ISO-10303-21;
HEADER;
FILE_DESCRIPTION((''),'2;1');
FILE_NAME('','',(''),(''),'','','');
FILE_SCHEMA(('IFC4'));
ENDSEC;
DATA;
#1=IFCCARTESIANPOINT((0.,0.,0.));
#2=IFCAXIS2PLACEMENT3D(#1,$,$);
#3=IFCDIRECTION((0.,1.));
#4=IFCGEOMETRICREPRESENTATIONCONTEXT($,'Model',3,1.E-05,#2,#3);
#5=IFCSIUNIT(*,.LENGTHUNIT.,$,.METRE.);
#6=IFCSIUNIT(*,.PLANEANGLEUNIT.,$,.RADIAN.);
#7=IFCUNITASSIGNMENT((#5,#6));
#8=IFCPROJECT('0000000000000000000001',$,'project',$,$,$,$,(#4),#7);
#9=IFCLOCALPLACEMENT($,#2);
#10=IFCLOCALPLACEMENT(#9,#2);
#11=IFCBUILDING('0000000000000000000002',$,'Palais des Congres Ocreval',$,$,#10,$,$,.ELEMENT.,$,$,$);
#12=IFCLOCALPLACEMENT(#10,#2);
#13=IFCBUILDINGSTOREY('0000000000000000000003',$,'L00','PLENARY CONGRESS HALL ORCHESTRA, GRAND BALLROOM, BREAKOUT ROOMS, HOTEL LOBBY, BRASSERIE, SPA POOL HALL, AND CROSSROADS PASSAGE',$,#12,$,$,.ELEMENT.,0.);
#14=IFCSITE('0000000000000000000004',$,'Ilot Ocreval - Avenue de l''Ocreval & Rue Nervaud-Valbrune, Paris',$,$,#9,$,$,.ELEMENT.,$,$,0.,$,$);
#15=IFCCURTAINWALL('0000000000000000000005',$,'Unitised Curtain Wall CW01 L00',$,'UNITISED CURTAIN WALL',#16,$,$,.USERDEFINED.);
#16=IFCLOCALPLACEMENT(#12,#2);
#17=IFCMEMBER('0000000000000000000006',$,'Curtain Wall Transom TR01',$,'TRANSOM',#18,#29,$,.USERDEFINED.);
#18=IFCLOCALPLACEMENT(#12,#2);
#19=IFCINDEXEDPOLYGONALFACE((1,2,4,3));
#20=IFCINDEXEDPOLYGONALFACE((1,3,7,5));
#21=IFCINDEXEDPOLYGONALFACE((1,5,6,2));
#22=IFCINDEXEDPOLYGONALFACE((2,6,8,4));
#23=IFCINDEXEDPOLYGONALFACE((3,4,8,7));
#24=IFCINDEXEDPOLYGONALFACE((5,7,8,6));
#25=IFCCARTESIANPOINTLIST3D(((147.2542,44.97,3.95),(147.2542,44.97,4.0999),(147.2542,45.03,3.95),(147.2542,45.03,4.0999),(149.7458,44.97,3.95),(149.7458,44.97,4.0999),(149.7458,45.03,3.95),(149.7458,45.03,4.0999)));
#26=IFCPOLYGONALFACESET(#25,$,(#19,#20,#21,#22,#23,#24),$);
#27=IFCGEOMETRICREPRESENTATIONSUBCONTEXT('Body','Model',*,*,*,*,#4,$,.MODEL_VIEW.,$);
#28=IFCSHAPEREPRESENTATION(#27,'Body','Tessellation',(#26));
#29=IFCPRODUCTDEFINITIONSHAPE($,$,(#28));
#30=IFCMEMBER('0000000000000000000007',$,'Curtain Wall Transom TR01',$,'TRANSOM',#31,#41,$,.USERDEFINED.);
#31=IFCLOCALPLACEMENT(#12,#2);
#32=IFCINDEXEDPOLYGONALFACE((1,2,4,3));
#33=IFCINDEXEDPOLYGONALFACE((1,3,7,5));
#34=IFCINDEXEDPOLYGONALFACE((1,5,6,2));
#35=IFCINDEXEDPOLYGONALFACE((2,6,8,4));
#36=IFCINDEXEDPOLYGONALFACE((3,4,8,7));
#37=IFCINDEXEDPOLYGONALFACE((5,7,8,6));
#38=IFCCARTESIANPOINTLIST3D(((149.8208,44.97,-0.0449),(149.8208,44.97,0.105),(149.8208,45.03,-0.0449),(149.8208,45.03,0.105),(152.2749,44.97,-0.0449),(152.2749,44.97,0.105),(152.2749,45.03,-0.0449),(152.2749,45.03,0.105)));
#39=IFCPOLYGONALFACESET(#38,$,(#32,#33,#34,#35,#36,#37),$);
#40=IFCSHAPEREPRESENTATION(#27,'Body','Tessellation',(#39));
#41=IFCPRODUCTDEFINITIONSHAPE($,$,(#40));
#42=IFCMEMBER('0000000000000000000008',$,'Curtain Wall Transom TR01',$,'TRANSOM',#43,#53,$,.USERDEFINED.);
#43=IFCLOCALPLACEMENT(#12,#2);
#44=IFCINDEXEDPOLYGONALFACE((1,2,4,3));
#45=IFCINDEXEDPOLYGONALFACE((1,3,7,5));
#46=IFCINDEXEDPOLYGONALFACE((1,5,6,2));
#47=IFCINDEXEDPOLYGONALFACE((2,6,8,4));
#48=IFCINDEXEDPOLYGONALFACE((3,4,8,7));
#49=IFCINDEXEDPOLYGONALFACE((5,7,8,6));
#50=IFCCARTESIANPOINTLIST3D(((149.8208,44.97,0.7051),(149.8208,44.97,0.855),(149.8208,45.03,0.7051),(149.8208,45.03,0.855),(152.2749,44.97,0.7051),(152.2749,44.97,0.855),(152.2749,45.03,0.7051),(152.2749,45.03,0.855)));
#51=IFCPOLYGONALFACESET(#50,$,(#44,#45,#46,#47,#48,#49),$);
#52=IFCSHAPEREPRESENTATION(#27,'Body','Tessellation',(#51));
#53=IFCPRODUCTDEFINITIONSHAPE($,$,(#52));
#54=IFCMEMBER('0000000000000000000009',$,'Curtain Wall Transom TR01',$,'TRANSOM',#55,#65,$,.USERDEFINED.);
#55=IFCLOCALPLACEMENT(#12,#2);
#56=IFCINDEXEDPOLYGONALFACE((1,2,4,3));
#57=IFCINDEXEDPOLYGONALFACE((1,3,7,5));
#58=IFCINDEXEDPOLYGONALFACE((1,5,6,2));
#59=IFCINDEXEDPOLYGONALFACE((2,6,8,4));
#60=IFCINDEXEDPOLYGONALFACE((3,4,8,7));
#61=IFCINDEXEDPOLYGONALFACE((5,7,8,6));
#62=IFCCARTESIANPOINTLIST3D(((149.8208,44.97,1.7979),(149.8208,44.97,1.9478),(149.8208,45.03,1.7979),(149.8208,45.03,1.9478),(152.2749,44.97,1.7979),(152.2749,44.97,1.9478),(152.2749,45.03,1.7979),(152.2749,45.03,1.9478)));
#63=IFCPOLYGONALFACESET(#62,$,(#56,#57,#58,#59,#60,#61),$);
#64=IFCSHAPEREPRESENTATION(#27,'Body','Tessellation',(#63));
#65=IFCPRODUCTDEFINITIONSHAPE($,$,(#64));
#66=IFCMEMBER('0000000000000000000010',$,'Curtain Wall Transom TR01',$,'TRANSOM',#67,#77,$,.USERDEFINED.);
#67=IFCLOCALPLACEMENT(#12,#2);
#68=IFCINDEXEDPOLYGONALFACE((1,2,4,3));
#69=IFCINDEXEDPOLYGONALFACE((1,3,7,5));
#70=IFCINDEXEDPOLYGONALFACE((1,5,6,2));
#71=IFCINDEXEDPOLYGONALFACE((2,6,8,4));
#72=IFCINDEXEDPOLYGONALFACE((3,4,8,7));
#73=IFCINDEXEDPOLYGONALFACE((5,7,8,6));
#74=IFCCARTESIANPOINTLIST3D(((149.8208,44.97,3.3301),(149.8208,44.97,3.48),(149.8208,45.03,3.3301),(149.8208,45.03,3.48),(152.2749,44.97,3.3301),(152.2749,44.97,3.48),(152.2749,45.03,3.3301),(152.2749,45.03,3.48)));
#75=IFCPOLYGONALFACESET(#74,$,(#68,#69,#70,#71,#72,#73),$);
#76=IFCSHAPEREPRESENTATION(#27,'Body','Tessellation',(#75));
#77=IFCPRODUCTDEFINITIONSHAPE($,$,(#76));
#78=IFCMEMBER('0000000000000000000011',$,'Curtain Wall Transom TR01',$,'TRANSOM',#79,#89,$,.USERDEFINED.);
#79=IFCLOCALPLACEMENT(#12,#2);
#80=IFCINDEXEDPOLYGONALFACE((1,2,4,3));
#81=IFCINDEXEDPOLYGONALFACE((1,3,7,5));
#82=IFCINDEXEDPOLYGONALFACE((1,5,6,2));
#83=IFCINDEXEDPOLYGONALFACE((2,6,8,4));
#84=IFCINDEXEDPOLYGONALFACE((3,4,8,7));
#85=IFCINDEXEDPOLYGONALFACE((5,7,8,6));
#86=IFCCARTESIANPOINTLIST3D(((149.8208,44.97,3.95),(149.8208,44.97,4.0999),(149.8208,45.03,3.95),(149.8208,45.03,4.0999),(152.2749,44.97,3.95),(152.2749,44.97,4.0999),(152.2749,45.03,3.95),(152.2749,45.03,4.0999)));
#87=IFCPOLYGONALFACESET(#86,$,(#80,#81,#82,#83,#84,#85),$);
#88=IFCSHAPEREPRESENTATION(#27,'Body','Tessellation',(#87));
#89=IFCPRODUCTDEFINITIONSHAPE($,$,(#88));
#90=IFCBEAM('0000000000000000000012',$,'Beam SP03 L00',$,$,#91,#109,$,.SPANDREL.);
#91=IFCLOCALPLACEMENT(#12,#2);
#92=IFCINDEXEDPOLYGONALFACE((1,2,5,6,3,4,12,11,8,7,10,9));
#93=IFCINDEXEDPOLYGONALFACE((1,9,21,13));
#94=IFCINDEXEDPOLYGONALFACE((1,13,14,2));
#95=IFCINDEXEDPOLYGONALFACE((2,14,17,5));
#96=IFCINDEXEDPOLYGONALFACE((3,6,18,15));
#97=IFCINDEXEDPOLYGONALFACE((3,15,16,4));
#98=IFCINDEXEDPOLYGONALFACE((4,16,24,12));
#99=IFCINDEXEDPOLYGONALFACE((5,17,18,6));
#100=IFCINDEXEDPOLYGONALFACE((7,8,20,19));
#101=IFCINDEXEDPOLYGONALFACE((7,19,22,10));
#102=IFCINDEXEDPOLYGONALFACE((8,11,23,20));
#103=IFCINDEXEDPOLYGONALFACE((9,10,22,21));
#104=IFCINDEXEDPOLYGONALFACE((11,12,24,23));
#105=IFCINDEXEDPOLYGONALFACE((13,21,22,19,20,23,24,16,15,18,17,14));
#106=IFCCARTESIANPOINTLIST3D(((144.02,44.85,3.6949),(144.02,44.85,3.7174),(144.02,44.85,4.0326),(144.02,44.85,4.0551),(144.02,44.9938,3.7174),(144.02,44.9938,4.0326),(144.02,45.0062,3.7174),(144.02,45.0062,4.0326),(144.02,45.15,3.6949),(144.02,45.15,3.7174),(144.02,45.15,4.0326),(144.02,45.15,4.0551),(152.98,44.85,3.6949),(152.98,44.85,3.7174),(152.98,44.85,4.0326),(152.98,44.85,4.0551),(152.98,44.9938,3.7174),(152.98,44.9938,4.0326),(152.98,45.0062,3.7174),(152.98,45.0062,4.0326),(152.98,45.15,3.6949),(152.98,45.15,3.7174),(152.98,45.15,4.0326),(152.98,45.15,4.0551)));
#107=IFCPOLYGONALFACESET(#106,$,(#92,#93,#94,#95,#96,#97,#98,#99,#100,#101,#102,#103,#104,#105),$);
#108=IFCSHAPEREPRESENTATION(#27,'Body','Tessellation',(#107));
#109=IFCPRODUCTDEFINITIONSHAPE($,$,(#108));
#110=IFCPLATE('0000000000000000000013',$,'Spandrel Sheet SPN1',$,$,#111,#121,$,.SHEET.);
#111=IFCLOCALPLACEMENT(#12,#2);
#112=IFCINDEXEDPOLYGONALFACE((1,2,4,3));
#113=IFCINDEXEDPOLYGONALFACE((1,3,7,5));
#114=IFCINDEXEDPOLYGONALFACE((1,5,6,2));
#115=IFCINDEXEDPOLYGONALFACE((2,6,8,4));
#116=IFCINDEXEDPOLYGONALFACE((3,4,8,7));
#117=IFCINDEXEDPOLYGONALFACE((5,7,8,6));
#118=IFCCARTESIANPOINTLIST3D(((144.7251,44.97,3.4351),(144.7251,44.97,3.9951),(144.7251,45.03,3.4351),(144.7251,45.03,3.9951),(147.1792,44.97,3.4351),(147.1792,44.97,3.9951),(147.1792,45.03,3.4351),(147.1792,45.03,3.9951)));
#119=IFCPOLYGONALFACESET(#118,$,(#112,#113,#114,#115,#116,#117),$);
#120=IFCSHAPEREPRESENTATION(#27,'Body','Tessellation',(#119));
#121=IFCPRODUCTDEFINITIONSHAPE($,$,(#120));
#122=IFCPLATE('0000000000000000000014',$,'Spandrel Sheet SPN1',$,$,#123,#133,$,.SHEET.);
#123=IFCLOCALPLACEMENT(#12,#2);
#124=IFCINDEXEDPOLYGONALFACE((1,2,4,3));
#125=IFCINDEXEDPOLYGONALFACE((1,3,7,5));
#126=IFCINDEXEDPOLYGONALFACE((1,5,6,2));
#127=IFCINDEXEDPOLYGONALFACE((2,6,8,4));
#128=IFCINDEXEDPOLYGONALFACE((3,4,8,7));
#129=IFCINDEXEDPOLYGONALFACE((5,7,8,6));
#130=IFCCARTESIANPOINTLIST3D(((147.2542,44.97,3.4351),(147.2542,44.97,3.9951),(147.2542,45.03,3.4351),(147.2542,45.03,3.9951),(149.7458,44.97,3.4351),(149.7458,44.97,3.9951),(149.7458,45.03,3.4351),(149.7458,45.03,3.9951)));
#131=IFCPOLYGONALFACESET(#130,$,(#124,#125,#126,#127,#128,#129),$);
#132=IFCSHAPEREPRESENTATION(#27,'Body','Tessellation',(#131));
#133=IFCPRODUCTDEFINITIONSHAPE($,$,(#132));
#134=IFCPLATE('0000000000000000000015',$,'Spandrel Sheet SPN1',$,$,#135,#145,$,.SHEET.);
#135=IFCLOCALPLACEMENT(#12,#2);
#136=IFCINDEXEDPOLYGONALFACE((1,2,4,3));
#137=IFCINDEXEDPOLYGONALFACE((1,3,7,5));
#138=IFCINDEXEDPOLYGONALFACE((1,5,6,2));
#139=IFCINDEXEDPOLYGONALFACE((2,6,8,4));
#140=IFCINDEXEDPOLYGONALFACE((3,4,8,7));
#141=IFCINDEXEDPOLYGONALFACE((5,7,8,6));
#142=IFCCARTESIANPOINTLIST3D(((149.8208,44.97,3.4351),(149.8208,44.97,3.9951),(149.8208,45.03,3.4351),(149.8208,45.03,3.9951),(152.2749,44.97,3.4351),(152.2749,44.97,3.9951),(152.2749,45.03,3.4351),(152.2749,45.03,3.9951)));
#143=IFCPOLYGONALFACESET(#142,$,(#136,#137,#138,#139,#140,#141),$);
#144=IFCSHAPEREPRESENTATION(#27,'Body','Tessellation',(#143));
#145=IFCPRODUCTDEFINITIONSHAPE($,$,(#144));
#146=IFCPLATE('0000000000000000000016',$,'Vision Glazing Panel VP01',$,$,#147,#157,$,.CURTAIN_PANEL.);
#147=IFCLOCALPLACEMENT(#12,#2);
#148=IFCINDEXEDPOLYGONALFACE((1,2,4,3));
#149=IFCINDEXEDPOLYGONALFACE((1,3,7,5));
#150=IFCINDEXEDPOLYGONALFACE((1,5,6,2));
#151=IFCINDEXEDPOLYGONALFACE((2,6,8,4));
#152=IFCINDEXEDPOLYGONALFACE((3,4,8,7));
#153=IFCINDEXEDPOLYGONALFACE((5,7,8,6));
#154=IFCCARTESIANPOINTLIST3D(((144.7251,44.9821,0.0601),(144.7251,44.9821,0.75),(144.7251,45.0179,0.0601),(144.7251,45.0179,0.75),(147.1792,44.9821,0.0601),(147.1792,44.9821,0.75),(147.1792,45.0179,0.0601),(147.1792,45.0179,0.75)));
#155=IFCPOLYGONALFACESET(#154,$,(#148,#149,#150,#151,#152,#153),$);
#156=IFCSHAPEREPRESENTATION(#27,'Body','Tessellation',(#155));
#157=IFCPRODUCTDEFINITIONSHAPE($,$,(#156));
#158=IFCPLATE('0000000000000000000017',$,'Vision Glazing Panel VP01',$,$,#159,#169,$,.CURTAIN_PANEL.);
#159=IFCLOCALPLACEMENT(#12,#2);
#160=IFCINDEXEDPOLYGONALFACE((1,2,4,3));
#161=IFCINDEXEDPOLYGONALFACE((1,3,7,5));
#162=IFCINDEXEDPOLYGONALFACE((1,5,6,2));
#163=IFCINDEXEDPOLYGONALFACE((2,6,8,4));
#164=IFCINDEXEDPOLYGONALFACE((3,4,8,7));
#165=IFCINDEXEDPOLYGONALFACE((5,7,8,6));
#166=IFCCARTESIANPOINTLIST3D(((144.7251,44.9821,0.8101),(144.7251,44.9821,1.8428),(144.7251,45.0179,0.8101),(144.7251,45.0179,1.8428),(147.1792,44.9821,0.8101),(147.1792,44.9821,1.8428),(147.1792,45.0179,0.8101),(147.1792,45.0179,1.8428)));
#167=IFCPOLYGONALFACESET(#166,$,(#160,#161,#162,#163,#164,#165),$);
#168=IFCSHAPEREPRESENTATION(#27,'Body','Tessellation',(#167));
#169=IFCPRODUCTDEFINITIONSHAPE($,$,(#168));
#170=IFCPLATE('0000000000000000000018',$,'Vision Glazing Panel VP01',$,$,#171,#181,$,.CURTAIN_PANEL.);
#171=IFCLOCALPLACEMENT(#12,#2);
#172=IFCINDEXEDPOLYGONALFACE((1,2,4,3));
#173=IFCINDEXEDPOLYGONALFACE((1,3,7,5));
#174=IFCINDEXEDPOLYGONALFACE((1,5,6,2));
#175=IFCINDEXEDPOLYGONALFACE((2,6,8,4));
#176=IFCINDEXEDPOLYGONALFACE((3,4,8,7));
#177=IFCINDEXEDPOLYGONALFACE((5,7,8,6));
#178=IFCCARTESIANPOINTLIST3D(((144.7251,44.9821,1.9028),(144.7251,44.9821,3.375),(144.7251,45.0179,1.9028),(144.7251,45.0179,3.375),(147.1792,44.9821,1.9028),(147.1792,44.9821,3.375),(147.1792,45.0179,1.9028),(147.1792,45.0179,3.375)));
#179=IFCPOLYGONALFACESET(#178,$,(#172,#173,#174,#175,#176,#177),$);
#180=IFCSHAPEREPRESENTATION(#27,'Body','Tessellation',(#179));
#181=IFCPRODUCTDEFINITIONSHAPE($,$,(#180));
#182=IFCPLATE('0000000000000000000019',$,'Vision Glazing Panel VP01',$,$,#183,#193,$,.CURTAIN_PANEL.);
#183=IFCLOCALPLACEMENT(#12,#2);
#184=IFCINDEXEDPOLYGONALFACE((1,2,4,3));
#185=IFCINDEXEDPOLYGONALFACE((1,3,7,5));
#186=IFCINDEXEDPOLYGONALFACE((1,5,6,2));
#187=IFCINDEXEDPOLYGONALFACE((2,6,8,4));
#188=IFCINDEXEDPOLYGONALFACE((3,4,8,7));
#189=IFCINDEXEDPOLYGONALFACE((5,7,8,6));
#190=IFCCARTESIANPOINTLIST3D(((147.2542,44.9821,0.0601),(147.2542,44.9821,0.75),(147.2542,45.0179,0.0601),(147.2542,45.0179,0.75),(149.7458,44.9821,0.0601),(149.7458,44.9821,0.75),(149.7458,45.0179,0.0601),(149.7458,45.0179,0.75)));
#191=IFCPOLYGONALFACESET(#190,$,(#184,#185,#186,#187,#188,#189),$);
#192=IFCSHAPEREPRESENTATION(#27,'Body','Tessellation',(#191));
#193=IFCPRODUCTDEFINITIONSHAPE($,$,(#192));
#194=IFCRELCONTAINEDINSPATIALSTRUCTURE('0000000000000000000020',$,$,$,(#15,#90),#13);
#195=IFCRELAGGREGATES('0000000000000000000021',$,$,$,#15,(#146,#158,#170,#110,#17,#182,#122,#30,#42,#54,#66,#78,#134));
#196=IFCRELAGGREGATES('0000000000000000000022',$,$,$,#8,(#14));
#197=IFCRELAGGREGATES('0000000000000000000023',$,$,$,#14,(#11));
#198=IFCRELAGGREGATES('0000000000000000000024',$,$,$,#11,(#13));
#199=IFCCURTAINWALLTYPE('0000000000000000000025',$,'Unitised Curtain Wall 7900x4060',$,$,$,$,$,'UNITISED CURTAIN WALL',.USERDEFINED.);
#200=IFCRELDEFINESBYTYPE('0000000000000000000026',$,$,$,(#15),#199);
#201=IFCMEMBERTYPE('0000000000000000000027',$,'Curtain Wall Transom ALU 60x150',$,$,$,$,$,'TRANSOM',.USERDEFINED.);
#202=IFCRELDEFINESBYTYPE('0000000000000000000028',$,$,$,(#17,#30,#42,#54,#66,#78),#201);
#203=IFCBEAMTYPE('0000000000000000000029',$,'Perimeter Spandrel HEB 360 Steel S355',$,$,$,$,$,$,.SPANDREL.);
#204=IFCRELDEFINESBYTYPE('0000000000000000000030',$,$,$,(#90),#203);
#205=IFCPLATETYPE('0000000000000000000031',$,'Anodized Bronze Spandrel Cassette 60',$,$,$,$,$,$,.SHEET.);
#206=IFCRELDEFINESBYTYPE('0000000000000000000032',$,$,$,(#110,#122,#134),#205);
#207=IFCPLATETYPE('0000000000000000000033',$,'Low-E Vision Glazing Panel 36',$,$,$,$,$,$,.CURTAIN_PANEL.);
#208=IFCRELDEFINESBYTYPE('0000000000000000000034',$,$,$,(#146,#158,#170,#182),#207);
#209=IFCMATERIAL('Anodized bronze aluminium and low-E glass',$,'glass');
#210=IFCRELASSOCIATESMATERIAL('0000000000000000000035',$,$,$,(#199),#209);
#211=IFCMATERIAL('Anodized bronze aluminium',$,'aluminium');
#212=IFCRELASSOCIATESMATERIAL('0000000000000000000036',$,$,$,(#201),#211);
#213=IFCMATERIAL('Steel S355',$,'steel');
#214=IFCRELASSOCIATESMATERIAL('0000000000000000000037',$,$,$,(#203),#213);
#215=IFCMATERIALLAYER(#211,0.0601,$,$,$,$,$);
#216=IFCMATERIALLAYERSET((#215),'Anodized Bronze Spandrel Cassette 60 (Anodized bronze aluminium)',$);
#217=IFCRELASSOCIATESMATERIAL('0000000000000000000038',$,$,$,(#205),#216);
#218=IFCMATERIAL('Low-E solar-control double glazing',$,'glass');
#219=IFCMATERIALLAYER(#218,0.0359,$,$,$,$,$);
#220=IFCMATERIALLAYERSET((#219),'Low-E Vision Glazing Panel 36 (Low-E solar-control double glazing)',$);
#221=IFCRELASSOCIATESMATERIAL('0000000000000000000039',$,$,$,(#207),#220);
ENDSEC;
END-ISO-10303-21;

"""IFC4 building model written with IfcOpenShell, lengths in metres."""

from ifc_helpers import new_model, si_unit, direction, frame, origin, origin_2d, place, context, subcontext, project, spatial, rectangle, i_section, extrude, material, layer, layer_set, material_profile, profile_set, type_object, element, aggregate, save


model = new_model("IFC4")

# Units and contexts
model_context = context("Model", 3, precision=1e-05, world=origin(), true_north=direction((0.0, 1.0)))
body_context = subcontext(model_context, "Body", "Model", "MODEL_VIEW")
ifc_project = project(units=[si_unit("LENGTHUNIT", "METRE"), si_unit("PLANEANGLEUNIT", "RADIAN")], contexts=[model_context])

# Site, building, storey
site_placement = place(None, origin())
site = spatial("IfcSite", under=ifc_project, at=site_placement, Name="Ilot Ocreval - Avenue de l'Ocreval & Rue Nervaud-Valbrune, Paris", CompositionType="ELEMENT", RefElevation=0.0)
building_placement = place(site_placement, origin())
building = spatial("IfcBuilding", under=site, at=building_placement, Name="Palais des Congres Ocreval", CompositionType="ELEMENT")
storey_placement = place(building_placement, origin())
storey = spatial("IfcBuildingStorey", under=building, at=storey_placement, Name="L00", Description="PLENARY CONGRESS HALL ORCHESTRA, GRAND BALLROOM, BREAKOUT ROOMS, HOTEL LOBBY, BRASSERIE, SPA POOL HALL, AND CROSSROADS PASSAGE", CompositionType="ELEMENT", Elevation=0.0)

# Shared definitions
ifc_material_1 = material(Name="Steel S355", Category="steel")

# Curtain wall, members
ifc_material_2 = material(Name="Anodized bronze aluminium and low-E glass", Category="glass")
curtain_wall_type = type_object("IfcCurtainWallType", Name="Unitised Curtain Wall 7900x4060", ElementType="UNITISED CURTAIN WALL", PredefinedType="USERDEFINED", material=ifc_material_2)
curtain_wall_placement = place(storey_placement, origin())
curtain_wall = element("IfcCurtainWall", 1, at=curtain_wall_placement, inside=storey, type_object=curtain_wall_type, Name="Unitised Curtain Wall CW01 L00", ObjectType="UNITISED CURTAIN WALL", PredefinedType="USERDEFINED")
ifc_material_3 = material(Name="Anodized bronze aluminium", Category="aluminium")
ifc_material_profile_1 = material_profile(ifc_material_3, rectangle(XDim=0.0601, YDim=0.1499, at=origin_2d()), Name="ALU 60x150")
ifc_profile_set_1 = profile_set([ifc_material_profile_1], Name="Anodized bronze aluminium")
member_type_1 = type_object("IfcMemberType", Name="Curtain Wall Transom ALU 60x150", ElementType="TRANSOM", PredefinedType="USERDEFINED", material=ifc_profile_set_1)
member_1_placement = place(storey_placement, frame((147.2542, 45.0, 4.0249), z_axis=(1.0, 0.0, 0.0), x_axis=(0.0, 1.0, 0.0)))
member_1 = element("IfcMember", 2, at=member_1_placement, type_object=member_type_1, Name="Curtain Wall Transom TR01", ObjectType="TRANSOM", PredefinedType="USERDEFINED", context=body_context, shape_type="SweptSolid", body=[
    extrude(rectangle(XDim=0.0601, YDim=0.1499, at=origin_2d()), origin(), (0.0, 0.0, 1.0), 2.4917),
])
member_2_placement = place(storey_placement, frame((149.8208, 45.0, 0.03), z_axis=(1.0, 0.0, 0.0), x_axis=(0.0, 1.0, 0.0)))
member_2 = element("IfcMember", 3, at=member_2_placement, type_object=member_type_1, Name="Curtain Wall Transom TR01", ObjectType="TRANSOM", PredefinedType="USERDEFINED", context=body_context, shape_type="SweptSolid", body=[
    extrude(rectangle(XDim=0.0601, YDim=0.1499, at=origin_2d()), origin(), (0.0, 0.0, 1.0), 2.4541),
])
member_3_placement = place(storey_placement, frame((149.8208, 45.0, 0.78), z_axis=(1.0, 0.0, 0.0), x_axis=(0.0, 1.0, 0.0)))
member_3 = element("IfcMember", 4, at=member_3_placement, type_object=member_type_1, Name="Curtain Wall Transom TR01", ObjectType="TRANSOM", PredefinedType="USERDEFINED", context=body_context, shape_type="SweptSolid", body=[
    extrude(rectangle(XDim=0.0601, YDim=0.1499, at=origin_2d()), origin(), (0.0, 0.0, 1.0), 2.4541),
])
member_4_placement = place(storey_placement, frame((149.8208, 45.0, 1.8728), z_axis=(1.0, 0.0, 0.0), x_axis=(0.0, 1.0, 0.0)))
member_4 = element("IfcMember", 5, at=member_4_placement, type_object=member_type_1, Name="Curtain Wall Transom TR01", ObjectType="TRANSOM", PredefinedType="USERDEFINED", context=body_context, shape_type="SweptSolid", body=[
    extrude(rectangle(XDim=0.0601, YDim=0.1499, at=origin_2d()), origin(), (0.0, 0.0, 1.0), 2.4541),
])
member_5_placement = place(storey_placement, frame((149.8208, 45.0, 3.405), z_axis=(1.0, 0.0, 0.0), x_axis=(0.0, 1.0, 0.0)))
member_5 = element("IfcMember", 6, at=member_5_placement, type_object=member_type_1, Name="Curtain Wall Transom TR01", ObjectType="TRANSOM", PredefinedType="USERDEFINED", context=body_context, shape_type="SweptSolid", body=[
    extrude(rectangle(XDim=0.0601, YDim=0.1499, at=origin_2d()), origin(), (0.0, 0.0, 1.0), 2.4541),
])
member_6_placement = place(storey_placement, frame((149.8208, 45.0, 4.0249), z_axis=(1.0, 0.0, 0.0), x_axis=(0.0, 1.0, 0.0)))
member_6 = element("IfcMember", 7, at=member_6_placement, type_object=member_type_1, Name="Curtain Wall Transom TR01", ObjectType="TRANSOM", PredefinedType="USERDEFINED", context=body_context, shape_type="SweptSolid", body=[
    extrude(rectangle(XDim=0.0601, YDim=0.1499, at=origin_2d()), origin(), (0.0, 0.0, 1.0), 2.4541),
])

# Beam
ifc_material_profile_2 = material_profile(ifc_material_1, i_section(OverallWidth=0.3, OverallDepth=0.3601, WebThickness=0.0125, FlangeThickness=0.0225, at=origin_2d()), Name="HEB 360")
ifc_profile_set_2 = profile_set([ifc_material_profile_2], Name="Steel S355")
beam_type = type_object("IfcBeamType", Name="Perimeter Spandrel HEB 360 Steel S355", PredefinedType="SPANDREL", material=ifc_profile_set_2)
beam_placement = place(storey_placement, frame((144.02, 45.0, 3.875), z_axis=(1.0, 0.0, 0.0), x_axis=(0.0, 1.0, 0.0)))
element("IfcBeam", 8, at=beam_placement, inside=storey, type_object=beam_type, Name="Beam SP03 L00", PredefinedType="SPANDREL", context=body_context, shape_type="SweptSolid", body=[
    extrude(i_section(OverallWidth=0.3, OverallDepth=0.3601, WebThickness=0.0125, FlangeThickness=0.0225, at=origin_2d()), origin(), (0.0, 0.0, 1.0), 8.96),
])

# Plates
ifc_layer_1 = layer(ifc_material_3, 0.0601)
ifc_layer_set_1 = layer_set([ifc_layer_1], Name="Anodized Bronze Spandrel Cassette 60 (Anodized bronze aluminium)")
plate_type_1 = type_object("IfcPlateType", Name="Anodized Bronze Spandrel Cassette 60", PredefinedType="SHEET", material=ifc_layer_set_1)
plate_1_placement = place(storey_placement, frame((145.9521, 45.0, 3.4351), z_axis=(0.0, 0.0, 1.0), x_axis=(1.0, 0.0, 0.0)))
plate_1 = element("IfcPlate", 9, at=plate_1_placement, type_object=plate_type_1, Name="Spandrel Sheet SPN1", PredefinedType="SHEET", context=body_context, shape_type="SweptSolid", body=[
    extrude(rectangle(XDim=2.4541, YDim=0.0601, at=origin_2d()), origin(), (0.0, 0.0, 1.0), 0.5601),
])
plate_2_placement = place(storey_placement, frame((148.5, 45.0, 3.4351), z_axis=(0.0, 0.0, 1.0), x_axis=(1.0, 0.0, 0.0)))
plate_2 = element("IfcPlate", 10, at=plate_2_placement, type_object=plate_type_1, Name="Spandrel Sheet SPN1", PredefinedType="SHEET", context=body_context, shape_type="SweptSolid", body=[
    extrude(rectangle(XDim=2.4917, YDim=0.0601, at=origin_2d()), origin(), (0.0, 0.0, 1.0), 0.5601),
])
plate_3_placement = place(storey_placement, frame((151.0479, 45.0, 3.4351), z_axis=(0.0, 0.0, 1.0), x_axis=(1.0, 0.0, 0.0)))
plate_3 = element("IfcPlate", 11, at=plate_3_placement, type_object=plate_type_1, Name="Spandrel Sheet SPN1", PredefinedType="SHEET", context=body_context, shape_type="SweptSolid", body=[
    extrude(rectangle(XDim=2.4541, YDim=0.0601, at=origin_2d()), origin(), (0.0, 0.0, 1.0), 0.5601),
])
ifc_material_4 = material(Name="Low-E solar-control double glazing", Category="glass")
ifc_layer_2 = layer(ifc_material_4, 0.0359)
ifc_layer_set_2 = layer_set([ifc_layer_2], Name="Low-E Vision Glazing Panel 36 (Low-E solar-control double glazing)")
plate_type_2 = type_object("IfcPlateType", Name="Low-E Vision Glazing Panel 36", PredefinedType="CURTAIN_PANEL", material=ifc_layer_set_2)
plate_4_placement = place(storey_placement, frame((145.9521, 45.0, 0.0601), z_axis=(0.0, 0.0, 1.0), x_axis=(1.0, 0.0, 0.0)))
plate_4 = element("IfcPlate", 12, at=plate_4_placement, type_object=plate_type_2, Name="Vision Glazing Panel VP01", PredefinedType="CURTAIN_PANEL", context=body_context, shape_type="SweptSolid", body=[
    extrude(rectangle(XDim=2.4541, YDim=0.0359, at=origin_2d()), origin(), (0.0, 0.0, 1.0), 0.6899),
])
plate_5_placement = place(storey_placement, frame((145.9521, 45.0, 0.8101), z_axis=(0.0, 0.0, 1.0), x_axis=(1.0, 0.0, 0.0)))
plate_5 = element("IfcPlate", 13, at=plate_5_placement, type_object=plate_type_2, Name="Vision Glazing Panel VP01", PredefinedType="CURTAIN_PANEL", context=body_context, shape_type="SweptSolid", body=[
    extrude(rectangle(XDim=2.4541, YDim=0.0359, at=origin_2d()), origin(), (0.0, 0.0, 1.0), 1.0327),
])
plate_6_placement = place(storey_placement, frame((145.9521, 45.0, 1.9028), z_axis=(0.0, 0.0, 1.0), x_axis=(1.0, 0.0, 0.0)))
plate_6 = element("IfcPlate", 14, at=plate_6_placement, type_object=plate_type_2, Name="Vision Glazing Panel VP01", PredefinedType="CURTAIN_PANEL", context=body_context, shape_type="SweptSolid", body=[
    extrude(rectangle(XDim=2.4541, YDim=0.0359, at=origin_2d()), origin(), (0.0, 0.0, 1.0), 1.4722),
])
plate_7_placement = place(storey_placement, frame((148.5, 45.0, 0.0601), z_axis=(0.0, 0.0, 1.0), x_axis=(1.0, 0.0, 0.0)))
plate_7 = element("IfcPlate", 15, at=plate_7_placement, type_object=plate_type_2, Name="Vision Glazing Panel VP01", PredefinedType="CURTAIN_PANEL", context=body_context, shape_type="SweptSolid", body=[
    extrude(rectangle(XDim=2.4917, YDim=0.0359, at=origin_2d()), origin(), (0.0, 0.0, 1.0), 0.6899),
])
aggregate(curtain_wall, [plate_4, plate_5, plate_6, plate_1, member_1, plate_7, plate_2, member_2, member_3, member_4, member_5, member_6, plate_3])

save(model, "model.ifc")
